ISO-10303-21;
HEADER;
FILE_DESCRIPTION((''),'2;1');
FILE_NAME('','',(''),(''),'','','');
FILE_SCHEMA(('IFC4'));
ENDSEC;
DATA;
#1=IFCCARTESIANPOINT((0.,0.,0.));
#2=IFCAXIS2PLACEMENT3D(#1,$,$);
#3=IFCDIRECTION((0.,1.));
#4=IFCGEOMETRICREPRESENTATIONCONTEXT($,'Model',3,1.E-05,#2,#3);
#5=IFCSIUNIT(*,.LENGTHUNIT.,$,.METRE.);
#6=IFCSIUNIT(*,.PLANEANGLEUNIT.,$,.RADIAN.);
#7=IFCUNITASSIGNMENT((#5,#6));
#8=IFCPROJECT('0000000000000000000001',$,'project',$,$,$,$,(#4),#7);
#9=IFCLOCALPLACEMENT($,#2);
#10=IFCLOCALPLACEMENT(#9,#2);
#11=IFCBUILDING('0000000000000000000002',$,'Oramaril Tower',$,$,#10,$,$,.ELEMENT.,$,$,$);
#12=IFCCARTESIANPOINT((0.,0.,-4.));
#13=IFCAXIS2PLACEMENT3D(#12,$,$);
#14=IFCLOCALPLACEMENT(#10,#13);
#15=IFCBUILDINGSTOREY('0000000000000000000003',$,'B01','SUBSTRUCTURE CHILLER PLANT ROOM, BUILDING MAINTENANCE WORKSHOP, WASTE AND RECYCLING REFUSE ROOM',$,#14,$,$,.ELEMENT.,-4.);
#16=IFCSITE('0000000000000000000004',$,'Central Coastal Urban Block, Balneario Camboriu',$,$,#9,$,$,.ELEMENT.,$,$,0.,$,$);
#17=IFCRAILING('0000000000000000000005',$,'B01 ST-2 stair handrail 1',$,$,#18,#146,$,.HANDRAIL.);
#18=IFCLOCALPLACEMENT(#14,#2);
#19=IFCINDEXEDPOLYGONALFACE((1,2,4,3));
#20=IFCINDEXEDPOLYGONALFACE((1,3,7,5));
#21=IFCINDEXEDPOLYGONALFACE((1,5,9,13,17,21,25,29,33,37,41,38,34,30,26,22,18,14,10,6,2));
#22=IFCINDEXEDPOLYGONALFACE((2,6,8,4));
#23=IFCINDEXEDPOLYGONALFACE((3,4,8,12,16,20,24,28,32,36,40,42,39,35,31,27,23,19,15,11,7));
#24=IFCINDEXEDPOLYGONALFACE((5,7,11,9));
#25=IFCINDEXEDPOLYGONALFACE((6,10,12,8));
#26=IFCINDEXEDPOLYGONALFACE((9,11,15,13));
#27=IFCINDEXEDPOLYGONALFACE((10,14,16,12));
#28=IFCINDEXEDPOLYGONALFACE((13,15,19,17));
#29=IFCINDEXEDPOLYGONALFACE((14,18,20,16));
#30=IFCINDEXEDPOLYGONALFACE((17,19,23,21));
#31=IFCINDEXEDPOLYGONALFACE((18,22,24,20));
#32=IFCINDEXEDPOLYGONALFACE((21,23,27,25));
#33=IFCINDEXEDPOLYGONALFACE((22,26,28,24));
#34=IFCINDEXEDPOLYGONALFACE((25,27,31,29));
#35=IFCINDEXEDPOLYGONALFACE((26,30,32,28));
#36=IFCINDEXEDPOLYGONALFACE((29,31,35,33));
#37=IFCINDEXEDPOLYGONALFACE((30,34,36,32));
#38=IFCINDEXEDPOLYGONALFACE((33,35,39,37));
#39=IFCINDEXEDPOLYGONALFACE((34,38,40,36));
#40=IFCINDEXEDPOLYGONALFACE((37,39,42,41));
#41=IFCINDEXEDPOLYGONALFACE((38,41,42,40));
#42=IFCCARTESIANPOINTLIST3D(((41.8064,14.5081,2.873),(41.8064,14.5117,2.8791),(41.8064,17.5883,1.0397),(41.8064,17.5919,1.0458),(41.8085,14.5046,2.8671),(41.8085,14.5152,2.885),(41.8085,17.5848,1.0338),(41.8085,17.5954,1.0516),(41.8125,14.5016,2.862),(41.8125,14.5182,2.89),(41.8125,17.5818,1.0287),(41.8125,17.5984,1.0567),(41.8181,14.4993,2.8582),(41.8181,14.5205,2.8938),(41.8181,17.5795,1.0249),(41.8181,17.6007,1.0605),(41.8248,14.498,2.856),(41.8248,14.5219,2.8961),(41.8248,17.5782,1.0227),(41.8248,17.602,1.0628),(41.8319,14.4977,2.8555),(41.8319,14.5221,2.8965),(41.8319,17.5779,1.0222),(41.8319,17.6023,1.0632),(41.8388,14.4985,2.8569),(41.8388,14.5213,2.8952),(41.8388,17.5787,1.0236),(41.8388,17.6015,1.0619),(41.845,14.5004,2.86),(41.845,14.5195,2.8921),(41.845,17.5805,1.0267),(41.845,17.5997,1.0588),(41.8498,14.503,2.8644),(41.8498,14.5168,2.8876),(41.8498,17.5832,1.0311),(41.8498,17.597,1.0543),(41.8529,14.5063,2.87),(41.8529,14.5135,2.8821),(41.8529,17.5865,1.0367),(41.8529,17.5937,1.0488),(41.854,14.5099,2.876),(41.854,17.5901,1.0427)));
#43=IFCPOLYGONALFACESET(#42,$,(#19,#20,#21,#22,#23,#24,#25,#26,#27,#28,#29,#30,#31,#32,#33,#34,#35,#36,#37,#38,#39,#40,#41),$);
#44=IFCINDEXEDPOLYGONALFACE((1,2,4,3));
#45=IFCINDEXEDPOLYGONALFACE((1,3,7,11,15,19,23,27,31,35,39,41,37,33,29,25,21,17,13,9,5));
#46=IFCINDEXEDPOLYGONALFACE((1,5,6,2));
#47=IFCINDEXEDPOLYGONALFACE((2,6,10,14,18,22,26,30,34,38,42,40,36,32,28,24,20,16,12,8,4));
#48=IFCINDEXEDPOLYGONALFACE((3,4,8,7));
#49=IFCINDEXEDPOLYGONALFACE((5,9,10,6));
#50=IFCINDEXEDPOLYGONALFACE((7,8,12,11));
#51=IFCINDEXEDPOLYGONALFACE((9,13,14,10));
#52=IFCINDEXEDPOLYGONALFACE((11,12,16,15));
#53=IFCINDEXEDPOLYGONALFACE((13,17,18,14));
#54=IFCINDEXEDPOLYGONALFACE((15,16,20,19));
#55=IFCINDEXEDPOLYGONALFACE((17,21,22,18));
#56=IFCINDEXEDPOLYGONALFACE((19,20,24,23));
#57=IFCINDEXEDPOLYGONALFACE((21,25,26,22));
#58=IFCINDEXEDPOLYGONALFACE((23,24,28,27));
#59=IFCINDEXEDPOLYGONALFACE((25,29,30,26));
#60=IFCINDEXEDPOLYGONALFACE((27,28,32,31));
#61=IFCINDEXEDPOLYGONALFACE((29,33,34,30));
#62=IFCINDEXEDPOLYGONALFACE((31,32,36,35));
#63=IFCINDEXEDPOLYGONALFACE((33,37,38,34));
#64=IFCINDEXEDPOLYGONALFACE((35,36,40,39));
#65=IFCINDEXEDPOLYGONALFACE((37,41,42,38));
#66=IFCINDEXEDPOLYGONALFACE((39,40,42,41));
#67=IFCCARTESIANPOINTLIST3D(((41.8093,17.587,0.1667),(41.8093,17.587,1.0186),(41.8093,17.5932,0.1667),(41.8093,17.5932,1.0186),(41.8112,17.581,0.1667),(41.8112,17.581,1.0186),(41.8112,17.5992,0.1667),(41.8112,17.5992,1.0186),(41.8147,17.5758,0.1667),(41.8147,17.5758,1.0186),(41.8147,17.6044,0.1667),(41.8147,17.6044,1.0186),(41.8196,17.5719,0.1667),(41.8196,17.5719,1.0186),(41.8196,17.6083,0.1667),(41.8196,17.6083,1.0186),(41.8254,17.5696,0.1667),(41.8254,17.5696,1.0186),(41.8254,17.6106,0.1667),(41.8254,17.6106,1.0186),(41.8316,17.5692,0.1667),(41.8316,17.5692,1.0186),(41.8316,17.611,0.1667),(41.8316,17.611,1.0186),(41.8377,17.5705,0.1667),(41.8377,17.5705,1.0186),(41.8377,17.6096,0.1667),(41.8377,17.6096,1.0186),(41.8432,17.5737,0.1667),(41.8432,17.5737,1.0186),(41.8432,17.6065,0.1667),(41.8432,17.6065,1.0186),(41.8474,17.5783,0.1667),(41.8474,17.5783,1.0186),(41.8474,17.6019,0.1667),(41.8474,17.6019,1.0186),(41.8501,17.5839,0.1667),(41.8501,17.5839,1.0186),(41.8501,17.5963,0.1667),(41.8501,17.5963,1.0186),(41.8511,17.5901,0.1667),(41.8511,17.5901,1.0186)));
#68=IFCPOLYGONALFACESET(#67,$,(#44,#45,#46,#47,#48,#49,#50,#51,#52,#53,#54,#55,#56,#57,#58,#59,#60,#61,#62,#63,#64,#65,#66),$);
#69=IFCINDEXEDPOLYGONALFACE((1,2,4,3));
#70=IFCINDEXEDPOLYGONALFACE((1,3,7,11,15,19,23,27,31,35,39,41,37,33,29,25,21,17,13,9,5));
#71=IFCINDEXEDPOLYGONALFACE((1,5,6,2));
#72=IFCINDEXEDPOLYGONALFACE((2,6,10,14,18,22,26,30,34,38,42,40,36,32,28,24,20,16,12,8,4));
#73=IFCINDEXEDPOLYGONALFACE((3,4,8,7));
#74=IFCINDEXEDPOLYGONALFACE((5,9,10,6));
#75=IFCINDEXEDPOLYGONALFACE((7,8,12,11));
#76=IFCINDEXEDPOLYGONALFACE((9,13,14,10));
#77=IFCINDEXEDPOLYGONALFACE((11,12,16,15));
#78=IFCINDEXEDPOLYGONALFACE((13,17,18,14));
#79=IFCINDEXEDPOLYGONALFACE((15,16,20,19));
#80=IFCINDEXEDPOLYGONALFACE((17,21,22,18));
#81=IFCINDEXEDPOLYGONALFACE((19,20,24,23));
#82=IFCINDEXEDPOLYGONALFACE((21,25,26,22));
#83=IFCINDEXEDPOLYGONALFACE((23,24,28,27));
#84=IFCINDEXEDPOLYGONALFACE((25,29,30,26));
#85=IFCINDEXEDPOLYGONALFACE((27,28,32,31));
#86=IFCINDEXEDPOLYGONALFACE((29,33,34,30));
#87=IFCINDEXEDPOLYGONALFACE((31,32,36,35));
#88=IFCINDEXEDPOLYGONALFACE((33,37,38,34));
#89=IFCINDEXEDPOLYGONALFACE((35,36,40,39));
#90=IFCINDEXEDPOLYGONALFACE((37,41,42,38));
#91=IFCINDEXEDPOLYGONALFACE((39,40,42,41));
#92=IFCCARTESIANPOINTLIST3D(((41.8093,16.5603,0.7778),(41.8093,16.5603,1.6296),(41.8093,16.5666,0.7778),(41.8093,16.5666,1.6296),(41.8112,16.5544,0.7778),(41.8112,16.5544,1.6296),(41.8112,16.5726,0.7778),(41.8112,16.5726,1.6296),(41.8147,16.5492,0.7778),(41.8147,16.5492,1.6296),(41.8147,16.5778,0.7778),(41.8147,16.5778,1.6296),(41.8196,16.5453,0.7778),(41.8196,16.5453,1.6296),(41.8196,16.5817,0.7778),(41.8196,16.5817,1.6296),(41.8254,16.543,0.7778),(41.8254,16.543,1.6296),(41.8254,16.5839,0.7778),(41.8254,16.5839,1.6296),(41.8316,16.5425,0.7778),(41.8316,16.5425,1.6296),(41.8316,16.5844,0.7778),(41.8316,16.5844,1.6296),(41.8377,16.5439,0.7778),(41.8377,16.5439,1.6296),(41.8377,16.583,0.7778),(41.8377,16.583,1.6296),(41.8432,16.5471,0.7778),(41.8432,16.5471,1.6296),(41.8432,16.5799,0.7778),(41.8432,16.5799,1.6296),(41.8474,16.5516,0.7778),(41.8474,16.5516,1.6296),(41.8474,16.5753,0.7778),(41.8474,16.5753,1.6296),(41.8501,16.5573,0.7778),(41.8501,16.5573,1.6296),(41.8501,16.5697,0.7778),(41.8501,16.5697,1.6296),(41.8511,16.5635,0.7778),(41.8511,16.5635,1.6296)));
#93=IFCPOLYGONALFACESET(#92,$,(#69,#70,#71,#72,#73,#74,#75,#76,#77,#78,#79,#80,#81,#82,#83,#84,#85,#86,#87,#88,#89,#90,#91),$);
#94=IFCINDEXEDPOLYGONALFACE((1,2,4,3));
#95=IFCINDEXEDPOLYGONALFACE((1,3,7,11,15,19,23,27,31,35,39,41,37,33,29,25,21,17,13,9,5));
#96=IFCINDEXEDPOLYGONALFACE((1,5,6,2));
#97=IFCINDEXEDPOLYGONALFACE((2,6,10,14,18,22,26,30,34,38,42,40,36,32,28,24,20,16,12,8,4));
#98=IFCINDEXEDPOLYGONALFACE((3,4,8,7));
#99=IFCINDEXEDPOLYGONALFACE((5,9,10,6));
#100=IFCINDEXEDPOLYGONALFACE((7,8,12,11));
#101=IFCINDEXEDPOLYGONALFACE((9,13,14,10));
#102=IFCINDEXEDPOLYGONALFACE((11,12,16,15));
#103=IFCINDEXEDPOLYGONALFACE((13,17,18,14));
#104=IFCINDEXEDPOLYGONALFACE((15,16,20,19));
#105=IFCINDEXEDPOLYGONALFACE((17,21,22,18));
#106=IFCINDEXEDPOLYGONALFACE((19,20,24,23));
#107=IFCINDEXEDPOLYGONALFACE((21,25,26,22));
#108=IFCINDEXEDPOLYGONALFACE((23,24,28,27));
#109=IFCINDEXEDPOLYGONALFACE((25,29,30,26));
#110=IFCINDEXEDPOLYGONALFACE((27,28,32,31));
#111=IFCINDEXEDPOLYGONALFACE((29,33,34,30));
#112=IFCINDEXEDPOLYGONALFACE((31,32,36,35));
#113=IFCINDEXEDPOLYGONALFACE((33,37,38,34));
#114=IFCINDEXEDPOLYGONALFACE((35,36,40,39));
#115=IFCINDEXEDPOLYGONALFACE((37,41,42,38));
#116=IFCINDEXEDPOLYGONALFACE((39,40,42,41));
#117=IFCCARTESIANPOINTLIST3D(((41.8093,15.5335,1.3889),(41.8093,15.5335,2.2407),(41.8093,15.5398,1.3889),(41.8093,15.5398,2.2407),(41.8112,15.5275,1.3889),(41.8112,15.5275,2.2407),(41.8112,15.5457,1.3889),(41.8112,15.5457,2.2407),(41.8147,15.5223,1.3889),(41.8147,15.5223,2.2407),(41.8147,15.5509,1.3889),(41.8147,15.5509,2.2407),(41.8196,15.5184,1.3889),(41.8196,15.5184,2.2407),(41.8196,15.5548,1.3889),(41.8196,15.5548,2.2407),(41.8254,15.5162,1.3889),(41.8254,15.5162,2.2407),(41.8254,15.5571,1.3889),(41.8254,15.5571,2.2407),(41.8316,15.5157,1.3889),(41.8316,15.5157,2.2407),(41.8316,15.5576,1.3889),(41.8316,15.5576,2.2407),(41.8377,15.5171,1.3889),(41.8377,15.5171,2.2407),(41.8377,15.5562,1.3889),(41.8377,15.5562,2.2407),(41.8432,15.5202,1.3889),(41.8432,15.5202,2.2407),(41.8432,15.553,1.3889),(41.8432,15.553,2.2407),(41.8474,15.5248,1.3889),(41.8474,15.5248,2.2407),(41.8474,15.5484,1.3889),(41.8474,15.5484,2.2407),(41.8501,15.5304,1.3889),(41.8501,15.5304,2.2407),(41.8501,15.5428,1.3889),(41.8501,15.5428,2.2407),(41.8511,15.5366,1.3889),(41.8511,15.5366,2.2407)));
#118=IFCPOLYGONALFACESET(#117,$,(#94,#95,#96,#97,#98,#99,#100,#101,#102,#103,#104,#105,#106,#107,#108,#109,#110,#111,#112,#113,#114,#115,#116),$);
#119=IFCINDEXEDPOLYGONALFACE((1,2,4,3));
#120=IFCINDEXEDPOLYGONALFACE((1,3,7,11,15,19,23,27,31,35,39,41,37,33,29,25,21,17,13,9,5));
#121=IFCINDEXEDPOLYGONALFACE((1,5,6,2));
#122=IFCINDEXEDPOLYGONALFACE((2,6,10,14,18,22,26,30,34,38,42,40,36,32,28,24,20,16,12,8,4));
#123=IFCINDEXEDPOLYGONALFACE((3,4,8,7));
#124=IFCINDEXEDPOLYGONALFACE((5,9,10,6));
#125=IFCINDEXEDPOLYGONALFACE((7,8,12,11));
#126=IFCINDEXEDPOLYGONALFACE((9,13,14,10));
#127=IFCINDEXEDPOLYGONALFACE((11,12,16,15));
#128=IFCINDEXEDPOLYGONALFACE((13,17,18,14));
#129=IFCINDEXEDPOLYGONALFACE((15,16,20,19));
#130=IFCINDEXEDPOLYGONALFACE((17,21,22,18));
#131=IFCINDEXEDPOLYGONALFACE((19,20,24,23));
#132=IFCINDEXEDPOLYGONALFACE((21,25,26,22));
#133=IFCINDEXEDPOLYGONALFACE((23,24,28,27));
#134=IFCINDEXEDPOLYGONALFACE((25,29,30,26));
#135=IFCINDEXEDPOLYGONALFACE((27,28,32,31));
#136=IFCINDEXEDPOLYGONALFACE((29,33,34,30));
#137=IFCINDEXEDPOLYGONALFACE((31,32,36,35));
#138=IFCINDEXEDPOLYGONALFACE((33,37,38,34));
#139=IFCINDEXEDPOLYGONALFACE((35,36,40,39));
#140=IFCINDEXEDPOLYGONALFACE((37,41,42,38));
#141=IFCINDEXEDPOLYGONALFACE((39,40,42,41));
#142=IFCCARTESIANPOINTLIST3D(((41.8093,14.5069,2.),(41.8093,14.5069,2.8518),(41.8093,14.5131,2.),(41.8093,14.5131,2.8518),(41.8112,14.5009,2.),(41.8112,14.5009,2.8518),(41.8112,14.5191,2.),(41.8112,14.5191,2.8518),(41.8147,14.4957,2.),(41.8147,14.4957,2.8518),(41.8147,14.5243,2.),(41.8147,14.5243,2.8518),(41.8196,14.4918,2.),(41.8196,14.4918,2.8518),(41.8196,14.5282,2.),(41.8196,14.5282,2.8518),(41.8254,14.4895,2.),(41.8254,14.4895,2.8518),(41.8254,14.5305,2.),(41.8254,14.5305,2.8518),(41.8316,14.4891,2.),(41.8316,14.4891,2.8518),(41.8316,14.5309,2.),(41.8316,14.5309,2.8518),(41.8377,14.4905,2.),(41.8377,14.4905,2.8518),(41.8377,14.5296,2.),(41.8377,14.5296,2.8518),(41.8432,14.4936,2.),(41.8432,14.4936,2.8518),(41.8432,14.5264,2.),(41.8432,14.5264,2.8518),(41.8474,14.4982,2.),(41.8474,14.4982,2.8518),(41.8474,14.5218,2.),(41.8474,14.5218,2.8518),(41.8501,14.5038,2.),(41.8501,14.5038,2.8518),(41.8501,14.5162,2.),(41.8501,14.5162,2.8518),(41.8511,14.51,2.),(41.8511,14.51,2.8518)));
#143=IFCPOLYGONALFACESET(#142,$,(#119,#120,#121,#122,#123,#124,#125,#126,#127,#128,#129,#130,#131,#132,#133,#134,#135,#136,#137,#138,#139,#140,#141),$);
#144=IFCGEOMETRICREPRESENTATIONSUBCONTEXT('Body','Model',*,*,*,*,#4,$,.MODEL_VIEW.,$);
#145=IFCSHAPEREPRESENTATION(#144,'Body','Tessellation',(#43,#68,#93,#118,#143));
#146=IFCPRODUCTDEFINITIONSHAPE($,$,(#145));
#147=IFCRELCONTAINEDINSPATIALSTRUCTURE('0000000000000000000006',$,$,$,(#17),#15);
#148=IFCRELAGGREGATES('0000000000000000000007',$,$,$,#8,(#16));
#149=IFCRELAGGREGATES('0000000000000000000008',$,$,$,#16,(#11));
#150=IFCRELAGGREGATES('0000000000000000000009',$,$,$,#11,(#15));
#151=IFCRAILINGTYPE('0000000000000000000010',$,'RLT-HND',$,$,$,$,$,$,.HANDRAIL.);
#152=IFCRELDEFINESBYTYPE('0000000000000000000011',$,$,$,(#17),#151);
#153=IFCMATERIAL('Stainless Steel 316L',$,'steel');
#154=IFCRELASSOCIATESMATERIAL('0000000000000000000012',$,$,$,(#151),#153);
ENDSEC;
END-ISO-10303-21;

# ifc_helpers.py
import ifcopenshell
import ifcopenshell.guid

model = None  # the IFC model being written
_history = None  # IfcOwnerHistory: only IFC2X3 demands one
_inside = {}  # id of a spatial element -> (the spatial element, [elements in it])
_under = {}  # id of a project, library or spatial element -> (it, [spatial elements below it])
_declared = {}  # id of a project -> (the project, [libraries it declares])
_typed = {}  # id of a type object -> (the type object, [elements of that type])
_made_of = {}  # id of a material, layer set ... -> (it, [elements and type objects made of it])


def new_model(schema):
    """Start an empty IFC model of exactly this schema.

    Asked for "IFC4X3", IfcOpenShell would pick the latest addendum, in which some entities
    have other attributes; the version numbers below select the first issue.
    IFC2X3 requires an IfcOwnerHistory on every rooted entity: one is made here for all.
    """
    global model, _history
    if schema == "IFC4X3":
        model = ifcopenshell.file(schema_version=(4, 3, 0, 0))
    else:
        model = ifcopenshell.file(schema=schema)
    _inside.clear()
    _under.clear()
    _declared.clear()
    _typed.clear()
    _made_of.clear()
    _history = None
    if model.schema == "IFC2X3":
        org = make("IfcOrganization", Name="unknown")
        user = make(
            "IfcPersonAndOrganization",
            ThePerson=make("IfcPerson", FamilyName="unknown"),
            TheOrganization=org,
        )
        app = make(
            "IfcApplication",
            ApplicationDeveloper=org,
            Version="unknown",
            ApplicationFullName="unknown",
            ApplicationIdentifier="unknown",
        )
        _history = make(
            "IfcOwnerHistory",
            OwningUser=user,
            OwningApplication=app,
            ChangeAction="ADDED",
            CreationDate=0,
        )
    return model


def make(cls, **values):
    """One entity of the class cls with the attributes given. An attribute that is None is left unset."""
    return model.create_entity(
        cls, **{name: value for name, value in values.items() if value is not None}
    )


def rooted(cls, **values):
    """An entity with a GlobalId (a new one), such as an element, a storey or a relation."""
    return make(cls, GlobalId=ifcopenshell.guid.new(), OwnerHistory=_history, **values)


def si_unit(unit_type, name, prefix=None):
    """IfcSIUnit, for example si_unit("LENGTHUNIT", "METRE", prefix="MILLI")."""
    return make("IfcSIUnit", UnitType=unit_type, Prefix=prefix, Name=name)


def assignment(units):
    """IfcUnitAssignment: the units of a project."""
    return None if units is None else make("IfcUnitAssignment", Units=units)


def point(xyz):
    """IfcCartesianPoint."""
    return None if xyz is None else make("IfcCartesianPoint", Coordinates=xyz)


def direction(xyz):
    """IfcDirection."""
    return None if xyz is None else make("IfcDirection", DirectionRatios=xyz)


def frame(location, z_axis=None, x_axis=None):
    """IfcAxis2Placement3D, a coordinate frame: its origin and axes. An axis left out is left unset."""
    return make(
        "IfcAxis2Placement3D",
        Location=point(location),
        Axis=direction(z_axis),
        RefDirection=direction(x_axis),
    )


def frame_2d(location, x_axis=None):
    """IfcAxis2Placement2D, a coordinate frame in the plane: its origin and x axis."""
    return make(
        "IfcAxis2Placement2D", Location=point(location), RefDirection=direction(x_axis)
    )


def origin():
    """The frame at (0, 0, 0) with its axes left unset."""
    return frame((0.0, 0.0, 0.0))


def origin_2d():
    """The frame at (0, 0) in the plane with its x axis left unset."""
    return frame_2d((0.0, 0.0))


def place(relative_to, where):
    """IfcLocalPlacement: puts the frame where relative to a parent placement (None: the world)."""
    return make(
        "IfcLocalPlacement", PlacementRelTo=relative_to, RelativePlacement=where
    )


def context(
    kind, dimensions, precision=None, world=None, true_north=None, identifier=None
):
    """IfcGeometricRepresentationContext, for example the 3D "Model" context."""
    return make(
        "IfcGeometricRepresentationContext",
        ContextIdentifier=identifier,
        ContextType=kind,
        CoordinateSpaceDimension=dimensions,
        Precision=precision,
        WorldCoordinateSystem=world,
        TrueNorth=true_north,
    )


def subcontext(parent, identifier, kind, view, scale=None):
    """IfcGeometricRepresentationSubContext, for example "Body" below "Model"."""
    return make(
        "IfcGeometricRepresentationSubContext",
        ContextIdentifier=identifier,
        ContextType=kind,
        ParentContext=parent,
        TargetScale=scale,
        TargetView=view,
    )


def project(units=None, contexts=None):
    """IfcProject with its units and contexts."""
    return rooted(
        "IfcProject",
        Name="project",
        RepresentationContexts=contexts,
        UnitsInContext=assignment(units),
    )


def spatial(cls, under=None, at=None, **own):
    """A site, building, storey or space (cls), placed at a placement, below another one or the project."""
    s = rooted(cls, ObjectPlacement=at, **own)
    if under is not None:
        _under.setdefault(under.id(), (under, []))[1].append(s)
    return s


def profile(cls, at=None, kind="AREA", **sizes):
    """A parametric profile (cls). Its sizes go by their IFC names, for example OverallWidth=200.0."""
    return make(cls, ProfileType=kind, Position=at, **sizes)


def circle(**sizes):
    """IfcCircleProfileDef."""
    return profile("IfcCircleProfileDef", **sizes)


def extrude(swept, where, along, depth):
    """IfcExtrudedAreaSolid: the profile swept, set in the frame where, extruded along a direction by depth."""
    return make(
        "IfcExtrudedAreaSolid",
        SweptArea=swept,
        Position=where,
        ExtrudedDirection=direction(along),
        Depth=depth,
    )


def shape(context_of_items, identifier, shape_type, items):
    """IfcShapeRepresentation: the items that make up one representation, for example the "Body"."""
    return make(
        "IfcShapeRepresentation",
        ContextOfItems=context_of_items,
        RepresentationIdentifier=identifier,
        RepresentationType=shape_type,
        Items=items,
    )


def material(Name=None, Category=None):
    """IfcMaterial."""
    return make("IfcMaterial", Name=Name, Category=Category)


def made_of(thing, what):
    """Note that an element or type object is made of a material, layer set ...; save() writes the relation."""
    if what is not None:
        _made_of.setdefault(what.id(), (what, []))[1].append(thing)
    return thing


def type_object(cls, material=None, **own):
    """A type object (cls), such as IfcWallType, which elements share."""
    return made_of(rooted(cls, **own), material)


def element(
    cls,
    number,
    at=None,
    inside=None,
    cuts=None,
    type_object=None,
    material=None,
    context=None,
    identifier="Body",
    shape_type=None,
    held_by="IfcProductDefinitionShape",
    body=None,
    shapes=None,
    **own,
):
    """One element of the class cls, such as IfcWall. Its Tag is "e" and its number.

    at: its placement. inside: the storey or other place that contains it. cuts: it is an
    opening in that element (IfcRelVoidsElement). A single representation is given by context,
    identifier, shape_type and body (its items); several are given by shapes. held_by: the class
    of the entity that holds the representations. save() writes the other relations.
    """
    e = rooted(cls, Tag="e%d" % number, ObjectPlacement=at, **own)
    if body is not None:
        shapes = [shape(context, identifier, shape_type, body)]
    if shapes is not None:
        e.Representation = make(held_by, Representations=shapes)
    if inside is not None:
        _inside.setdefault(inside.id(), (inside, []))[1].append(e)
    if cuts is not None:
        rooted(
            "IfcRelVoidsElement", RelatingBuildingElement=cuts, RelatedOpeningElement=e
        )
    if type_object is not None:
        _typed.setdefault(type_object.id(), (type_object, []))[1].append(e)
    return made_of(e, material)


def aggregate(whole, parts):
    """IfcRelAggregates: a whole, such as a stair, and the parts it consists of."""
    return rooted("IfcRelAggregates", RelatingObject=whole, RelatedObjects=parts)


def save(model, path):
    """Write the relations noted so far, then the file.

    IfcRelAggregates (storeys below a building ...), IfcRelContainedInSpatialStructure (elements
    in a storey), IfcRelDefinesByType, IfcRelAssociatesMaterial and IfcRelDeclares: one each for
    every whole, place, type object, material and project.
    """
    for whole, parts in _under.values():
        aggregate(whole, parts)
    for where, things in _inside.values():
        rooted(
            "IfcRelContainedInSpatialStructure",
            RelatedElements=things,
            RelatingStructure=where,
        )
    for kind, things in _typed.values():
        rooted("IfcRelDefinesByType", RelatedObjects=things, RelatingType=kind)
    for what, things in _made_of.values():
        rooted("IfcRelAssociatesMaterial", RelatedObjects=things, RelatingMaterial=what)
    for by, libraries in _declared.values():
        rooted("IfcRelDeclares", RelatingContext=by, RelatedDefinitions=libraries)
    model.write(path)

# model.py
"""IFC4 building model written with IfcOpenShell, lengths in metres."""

from ifc_helpers import new_model, si_unit, direction, frame, origin, origin_2d, place, context, subcontext, project, spatial, circle, extrude, material, type_object, element, save


model = new_model("IFC4")

# Units and contexts
model_context = context("Model", 3, precision=1e-05, world=origin(), true_north=direction((0.0, 1.0)))
body_context = subcontext(model_context, "Body", "Model", "MODEL_VIEW")
ifc_project = project(units=[si_unit("LENGTHUNIT", "METRE"), si_unit("PLANEANGLEUNIT", "RADIAN")], contexts=[model_context])

# Site, building, storey
site_placement = place(None, origin())
site = spatial("IfcSite", under=ifc_project, at=site_placement, Name="Central Coastal Urban Block, Balneario Camboriu", CompositionType="ELEMENT", RefElevation=0.0)
building_placement = place(site_placement, origin())
building = spatial("IfcBuilding", under=site, at=building_placement, Name="Oramaril Tower", CompositionType="ELEMENT")
storey_placement = place(building_placement, frame((0.0, 0.0, -4.0)))
storey = spatial("IfcBuildingStorey", under=building, at=storey_placement, Name="B01", Description="SUBSTRUCTURE CHILLER PLANT ROOM, BUILDING MAINTENANCE WORKSHOP, WASTE AND RECYCLING REFUSE ROOM", CompositionType="ELEMENT", Elevation=-4.0)

# Railing
ifc_material_1 = material(Name="Stainless Steel 316L", Category="steel")
railing_type_1 = type_object("IfcRailingType", Name="RLT-HND", PredefinedType="HANDRAIL", material=ifc_material_1)
for number, where, name in (
    (1, (41.8301, 17.5901, 0.1667), "B01 ST-2 stair handrail 1"),
):
    element("IfcRailing", number, at=place(storey_placement, frame(where)), inside=storey, type_object=railing_type_1, Name=name, PredefinedType="HANDRAIL", context=body_context, shape_type="SweptSolid", body=[
        extrude(circle(Radius=0.0239, at=origin_2d()), frame((0.0, 0.0, 0.876), z_axis=(0.0, -0.859309, 0.511458), x_axis=(1.0, 0.0, 0.0)), (0.0, 0.0, 1.0), 3.5845),
        extrude(circle(Radius=0.021, at=origin_2d()), origin(), (0.0, 0.0, 1.0), 0.8518),
        extrude(circle(Radius=0.021, at=origin_2d()), frame((0.0, -1.0266, 0.6111)), (0.0, 0.0, 1.0), 0.8518),
        extrude(circle(Radius=0.021, at=origin_2d()), frame((0.0, -2.0535, 1.2222)), (0.0, 0.0, 1.0), 0.8518),
        extrude(circle(Radius=0.021, at=origin_2d()), frame((0.0, -3.0801, 1.8333)), (0.0, 0.0, 1.0), 0.8518),
    ])

save(model, "model.ifc")
